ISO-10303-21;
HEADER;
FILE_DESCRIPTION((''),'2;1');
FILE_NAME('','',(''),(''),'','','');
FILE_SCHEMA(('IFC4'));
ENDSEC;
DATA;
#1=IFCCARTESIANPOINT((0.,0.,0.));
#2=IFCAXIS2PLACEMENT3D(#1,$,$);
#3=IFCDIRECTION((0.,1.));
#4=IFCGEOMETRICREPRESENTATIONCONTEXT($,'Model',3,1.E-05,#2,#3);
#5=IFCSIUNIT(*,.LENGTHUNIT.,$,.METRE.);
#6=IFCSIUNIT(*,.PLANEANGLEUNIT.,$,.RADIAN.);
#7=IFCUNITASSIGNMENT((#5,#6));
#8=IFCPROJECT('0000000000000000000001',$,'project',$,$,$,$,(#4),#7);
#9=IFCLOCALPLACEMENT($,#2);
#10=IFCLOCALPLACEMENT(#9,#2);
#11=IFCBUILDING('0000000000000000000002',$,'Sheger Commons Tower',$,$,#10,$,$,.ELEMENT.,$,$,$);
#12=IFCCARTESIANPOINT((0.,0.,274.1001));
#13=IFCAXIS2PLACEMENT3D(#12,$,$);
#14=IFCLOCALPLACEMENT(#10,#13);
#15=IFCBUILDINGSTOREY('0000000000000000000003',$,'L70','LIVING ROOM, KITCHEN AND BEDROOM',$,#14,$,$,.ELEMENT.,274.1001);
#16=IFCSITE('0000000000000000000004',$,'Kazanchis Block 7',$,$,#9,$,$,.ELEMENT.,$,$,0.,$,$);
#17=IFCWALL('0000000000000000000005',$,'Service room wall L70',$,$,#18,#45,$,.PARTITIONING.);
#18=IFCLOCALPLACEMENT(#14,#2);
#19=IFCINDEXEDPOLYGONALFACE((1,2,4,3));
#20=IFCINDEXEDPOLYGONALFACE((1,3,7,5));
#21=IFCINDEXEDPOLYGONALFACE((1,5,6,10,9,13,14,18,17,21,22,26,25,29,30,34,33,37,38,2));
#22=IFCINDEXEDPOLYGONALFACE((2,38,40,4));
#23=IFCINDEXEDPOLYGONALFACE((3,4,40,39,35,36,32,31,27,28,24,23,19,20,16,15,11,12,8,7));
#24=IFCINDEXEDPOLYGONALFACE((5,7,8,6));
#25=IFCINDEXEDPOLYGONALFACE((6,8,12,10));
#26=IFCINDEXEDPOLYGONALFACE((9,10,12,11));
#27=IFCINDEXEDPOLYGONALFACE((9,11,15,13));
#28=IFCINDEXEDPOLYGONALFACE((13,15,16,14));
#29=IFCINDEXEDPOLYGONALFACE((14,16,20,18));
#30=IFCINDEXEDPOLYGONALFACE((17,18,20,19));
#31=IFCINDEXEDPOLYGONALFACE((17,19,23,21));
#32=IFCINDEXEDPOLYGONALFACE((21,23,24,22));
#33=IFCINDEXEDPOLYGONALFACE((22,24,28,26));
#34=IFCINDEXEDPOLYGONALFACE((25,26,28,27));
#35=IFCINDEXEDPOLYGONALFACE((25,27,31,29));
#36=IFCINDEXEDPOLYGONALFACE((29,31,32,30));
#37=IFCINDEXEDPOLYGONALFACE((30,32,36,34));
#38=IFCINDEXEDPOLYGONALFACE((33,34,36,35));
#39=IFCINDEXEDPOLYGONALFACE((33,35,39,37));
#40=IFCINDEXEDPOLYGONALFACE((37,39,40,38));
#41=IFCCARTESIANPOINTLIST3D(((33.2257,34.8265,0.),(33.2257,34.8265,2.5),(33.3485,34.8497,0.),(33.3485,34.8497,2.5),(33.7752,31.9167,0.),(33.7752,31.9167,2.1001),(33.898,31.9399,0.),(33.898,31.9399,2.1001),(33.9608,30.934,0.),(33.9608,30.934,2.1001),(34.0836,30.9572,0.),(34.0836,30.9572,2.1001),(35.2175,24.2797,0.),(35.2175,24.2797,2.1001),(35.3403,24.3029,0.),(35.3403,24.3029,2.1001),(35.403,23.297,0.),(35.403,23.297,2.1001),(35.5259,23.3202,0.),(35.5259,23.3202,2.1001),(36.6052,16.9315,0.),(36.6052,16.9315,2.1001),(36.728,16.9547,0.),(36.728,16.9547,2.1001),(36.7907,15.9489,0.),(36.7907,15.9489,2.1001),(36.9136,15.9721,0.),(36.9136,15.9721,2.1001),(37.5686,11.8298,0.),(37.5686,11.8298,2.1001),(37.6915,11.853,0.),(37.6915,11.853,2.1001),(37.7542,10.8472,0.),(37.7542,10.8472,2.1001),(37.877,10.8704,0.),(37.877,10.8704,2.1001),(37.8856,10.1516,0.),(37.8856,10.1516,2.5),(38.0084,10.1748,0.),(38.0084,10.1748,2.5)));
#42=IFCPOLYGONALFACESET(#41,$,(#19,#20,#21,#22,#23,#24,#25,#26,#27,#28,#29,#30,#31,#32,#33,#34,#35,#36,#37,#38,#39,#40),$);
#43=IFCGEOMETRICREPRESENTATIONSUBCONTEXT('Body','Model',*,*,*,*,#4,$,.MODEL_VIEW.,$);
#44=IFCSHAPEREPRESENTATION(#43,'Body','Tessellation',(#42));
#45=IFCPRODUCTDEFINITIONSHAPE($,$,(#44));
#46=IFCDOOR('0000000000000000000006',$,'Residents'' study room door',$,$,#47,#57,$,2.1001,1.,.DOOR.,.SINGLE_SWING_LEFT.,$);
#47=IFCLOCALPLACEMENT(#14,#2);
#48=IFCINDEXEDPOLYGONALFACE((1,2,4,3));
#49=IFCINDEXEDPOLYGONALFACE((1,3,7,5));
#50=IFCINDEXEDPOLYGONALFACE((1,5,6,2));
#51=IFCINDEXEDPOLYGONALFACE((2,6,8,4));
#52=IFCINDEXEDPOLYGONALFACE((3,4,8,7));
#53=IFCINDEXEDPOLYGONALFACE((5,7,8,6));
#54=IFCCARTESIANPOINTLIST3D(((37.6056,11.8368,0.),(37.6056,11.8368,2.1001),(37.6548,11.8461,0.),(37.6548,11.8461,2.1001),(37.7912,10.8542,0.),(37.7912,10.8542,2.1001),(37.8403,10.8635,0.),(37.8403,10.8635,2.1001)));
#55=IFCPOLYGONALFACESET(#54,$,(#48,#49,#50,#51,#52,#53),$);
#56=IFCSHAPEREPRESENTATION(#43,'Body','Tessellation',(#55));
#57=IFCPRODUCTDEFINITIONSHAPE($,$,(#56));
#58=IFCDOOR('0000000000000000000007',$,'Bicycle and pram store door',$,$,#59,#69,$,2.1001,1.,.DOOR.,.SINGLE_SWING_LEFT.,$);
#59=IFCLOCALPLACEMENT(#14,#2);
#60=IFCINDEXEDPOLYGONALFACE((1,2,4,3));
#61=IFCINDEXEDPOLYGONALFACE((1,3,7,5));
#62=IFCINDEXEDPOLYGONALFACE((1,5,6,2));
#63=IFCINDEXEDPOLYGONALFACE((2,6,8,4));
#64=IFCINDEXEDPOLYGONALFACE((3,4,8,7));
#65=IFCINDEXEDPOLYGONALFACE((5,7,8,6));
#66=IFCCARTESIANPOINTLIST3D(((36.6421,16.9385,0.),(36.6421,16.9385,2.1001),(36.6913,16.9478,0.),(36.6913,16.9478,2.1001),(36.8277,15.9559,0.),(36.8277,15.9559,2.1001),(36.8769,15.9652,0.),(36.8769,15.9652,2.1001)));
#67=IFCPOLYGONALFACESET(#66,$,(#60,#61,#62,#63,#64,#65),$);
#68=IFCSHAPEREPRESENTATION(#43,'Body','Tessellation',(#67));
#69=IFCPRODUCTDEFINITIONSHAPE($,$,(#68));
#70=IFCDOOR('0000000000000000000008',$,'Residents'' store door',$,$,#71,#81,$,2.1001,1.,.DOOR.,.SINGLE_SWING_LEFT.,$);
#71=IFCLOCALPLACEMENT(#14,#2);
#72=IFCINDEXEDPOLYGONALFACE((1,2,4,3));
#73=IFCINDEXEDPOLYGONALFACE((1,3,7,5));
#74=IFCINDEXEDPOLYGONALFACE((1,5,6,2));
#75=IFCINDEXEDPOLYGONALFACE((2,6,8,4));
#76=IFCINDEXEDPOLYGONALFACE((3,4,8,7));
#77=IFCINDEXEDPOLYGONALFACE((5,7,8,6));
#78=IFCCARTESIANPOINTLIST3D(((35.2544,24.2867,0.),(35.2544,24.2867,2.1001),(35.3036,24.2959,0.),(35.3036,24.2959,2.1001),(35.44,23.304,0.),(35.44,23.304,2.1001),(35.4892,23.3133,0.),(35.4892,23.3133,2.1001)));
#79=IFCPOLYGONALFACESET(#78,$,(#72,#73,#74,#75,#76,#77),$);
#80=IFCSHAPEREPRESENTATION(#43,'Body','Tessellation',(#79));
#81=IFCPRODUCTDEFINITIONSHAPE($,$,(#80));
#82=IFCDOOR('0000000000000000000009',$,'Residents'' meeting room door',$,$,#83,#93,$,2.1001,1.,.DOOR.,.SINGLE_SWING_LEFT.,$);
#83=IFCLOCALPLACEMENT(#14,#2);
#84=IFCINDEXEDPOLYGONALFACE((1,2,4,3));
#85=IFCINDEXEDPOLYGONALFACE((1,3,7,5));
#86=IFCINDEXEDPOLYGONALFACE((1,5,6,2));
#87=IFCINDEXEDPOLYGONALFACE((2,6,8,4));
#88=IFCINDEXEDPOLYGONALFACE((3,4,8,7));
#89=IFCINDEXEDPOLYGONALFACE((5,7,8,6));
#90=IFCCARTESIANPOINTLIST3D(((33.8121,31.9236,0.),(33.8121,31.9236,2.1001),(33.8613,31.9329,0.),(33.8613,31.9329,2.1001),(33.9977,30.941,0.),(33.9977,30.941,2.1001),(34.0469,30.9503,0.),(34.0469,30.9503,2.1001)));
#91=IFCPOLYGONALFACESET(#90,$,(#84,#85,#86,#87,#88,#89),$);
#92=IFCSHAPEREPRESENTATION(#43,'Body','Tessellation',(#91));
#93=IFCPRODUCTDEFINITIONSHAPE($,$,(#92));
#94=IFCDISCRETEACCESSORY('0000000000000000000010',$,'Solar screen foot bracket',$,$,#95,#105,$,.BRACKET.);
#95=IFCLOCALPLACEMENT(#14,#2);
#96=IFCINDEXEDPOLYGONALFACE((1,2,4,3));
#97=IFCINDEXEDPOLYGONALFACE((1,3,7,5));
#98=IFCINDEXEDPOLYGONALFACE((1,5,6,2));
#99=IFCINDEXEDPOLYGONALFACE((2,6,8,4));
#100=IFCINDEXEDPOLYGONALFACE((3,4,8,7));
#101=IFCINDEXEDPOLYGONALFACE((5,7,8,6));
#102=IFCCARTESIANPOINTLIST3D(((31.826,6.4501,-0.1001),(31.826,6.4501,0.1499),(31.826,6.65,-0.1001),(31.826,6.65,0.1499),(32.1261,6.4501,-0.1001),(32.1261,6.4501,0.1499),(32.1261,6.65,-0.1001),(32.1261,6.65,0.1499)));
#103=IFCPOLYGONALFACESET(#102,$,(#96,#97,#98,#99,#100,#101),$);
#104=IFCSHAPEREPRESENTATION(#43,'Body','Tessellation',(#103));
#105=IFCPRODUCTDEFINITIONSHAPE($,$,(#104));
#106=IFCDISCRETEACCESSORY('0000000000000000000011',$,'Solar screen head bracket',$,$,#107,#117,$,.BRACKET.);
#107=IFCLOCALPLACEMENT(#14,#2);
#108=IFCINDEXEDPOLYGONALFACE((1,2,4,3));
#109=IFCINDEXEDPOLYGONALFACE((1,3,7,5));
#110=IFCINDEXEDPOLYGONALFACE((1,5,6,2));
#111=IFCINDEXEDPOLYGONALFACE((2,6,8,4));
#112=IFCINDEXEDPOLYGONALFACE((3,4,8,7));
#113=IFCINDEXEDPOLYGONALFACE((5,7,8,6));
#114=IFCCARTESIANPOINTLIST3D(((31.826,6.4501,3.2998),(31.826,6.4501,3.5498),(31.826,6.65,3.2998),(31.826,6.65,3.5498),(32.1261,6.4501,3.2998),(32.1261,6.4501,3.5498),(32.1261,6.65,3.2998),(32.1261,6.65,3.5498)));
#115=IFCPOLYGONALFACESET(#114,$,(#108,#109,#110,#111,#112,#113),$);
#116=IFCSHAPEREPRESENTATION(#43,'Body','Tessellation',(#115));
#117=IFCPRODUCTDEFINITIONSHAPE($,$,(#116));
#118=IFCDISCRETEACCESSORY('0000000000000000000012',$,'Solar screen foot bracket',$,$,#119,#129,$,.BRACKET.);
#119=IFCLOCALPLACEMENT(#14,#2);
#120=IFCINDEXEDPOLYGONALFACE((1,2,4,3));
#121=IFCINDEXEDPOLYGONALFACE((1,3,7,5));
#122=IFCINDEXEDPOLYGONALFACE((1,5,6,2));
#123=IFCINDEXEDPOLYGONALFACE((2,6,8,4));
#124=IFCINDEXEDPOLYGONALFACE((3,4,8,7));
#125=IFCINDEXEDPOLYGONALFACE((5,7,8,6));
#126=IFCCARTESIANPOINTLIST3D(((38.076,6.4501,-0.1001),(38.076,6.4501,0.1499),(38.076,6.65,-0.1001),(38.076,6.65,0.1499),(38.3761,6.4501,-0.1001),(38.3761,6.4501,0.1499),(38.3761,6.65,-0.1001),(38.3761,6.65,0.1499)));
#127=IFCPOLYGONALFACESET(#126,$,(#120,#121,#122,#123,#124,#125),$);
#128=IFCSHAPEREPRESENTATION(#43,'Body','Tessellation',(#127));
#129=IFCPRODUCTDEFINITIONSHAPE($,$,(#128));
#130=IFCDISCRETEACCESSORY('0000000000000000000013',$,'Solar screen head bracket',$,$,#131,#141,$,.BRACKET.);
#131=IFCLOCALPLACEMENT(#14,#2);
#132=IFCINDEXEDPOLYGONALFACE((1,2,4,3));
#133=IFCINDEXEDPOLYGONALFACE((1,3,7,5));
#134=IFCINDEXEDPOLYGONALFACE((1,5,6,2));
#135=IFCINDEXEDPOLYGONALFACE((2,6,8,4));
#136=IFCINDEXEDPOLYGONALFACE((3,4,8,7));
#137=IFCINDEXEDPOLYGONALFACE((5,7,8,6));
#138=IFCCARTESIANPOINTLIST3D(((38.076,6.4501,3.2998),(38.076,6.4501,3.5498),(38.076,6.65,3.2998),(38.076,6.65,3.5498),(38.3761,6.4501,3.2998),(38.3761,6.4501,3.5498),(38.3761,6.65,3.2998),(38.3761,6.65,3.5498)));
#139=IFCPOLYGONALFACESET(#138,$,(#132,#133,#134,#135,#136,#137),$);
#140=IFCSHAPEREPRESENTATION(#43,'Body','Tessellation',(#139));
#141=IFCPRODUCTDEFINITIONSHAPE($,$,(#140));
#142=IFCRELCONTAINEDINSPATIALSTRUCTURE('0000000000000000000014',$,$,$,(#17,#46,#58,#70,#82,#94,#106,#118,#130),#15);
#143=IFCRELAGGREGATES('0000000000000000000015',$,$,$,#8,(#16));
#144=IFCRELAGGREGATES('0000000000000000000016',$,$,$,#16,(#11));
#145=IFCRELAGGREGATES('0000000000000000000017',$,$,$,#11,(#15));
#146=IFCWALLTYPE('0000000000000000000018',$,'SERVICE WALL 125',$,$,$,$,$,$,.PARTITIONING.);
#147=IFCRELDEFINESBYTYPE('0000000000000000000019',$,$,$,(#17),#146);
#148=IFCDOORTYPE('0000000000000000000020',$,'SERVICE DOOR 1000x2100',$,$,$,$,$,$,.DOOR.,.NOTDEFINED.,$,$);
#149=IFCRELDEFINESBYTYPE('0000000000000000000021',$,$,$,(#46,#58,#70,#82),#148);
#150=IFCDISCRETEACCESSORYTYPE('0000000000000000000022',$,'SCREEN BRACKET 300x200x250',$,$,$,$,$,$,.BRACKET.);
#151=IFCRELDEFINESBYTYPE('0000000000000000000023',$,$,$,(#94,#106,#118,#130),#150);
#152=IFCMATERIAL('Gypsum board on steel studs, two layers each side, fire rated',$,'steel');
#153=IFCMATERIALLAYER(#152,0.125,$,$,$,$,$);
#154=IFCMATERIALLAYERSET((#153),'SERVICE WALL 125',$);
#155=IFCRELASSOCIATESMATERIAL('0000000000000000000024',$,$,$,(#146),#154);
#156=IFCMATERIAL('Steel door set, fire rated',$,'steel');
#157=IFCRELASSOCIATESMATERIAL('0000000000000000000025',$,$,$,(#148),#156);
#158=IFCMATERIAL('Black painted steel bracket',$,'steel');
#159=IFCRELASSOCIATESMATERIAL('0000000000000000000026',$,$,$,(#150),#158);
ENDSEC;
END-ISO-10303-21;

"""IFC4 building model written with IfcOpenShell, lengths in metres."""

from ifc_helpers import new_model, si_unit, direction, frame, frame_2d, origin, origin_2d, place, context, subcontext, project, spatial, rectangle, extrude, material, layer, layer_set, type_object, element, fill, save


model = new_model("IFC4")

# Units and contexts
model_context = context("Model", 3, precision=1e-05, world=origin(), true_north=direction((0.0, 1.0)))
body_context = subcontext(model_context, "Body", "Model", "MODEL_VIEW")
ifc_project = project(units=[si_unit("LENGTHUNIT", "METRE"), si_unit("PLANEANGLEUNIT", "RADIAN")], contexts=[model_context])

# Site, building, storey
site_placement = place(None, origin())
site = spatial("IfcSite", under=ifc_project, at=site_placement, Name="Kazanchis Block 7", CompositionType="ELEMENT", RefElevation=0.0)
building_placement = place(site_placement, origin())
building = spatial("IfcBuilding", under=site, at=building_placement, Name="Sheger Commons Tower", CompositionType="ELEMENT")
storey_placement = place(building_placement, frame((0.0, 0.0, 274.1001)))
storey = spatial("IfcBuildingStorey", under=building, at=storey_placement, Name="L70", Description="LIVING ROOM, KITCHEN AND BEDROOM", CompositionType="ELEMENT", Elevation=274.1001)

# Wall, openings, doors
ifc_material_1 = material(Name="Gypsum board on steel studs, two layers each side, fire rated", Category="steel")
ifc_layer_1 = layer(ifc_material_1, 0.125)
ifc_layer_set_1 = layer_set([ifc_layer_1], Name="SERVICE WALL 125")
wall_type = type_object("IfcWallType", Name="SERVICE WALL 125", PredefinedType="PARTITIONING", material=ifc_layer_set_1)
wall_placement = place(storey_placement, frame((37.947, 10.1631, 0.0), z_axis=(0.0, 0.0, 1.0), x_axis=(-0.185573, 0.982631, 0.0)))
wall = element("IfcWall", 1, at=wall_placement, inside=storey, type_object=wall_type, Name="Service room wall L70", PredefinedType="PARTITIONING", context=body_context, shape_type="SweptSolid", body=[
    extrude(rectangle(XDim=25.1111, YDim=0.125, at=frame_2d((12.5557, 0.0))), origin(), (0.0, 0.0, 1.0), 2.5),
])
opening_1_placement = place(wall_placement, frame((0.708, 0.0, 0.0)))
opening_1 = element("IfcOpeningElement", 2, at=opening_1_placement, cuts=wall, PredefinedType="OPENING", context=body_context, shape_type="SweptSolid", body=[
    extrude(rectangle(XDim=1.0, YDim=2.1001, at=frame_2d((0.5, 1.05))), frame((0.0, 0.0725, 0.0), z_axis=(0.0, -1.0, 0.0), x_axis=(1.0, 0.0, 0.0)), (0.0, 0.0, 1.0), 0.145),
])
opening_2_placement = place(wall_placement, frame((5.8999, 0.0, 0.0)))
opening_2 = element("IfcOpeningElement", 3, at=opening_2_placement, cuts=wall, PredefinedType="OPENING", context=body_context, shape_type="SweptSolid", body=[
    extrude(rectangle(XDim=1.0, YDim=2.1001, at=frame_2d((0.5, 1.05))), frame((0.0, 0.0725, 0.0), z_axis=(0.0, -1.0, 0.0), x_axis=(1.0, 0.0, 0.0)), (0.0, 0.0, 1.0), 0.145),
])
opening_3_placement = place(wall_placement, frame((13.3779, 0.0, 0.0)))
opening_3 = element("IfcOpeningElement", 4, at=opening_3_placement, cuts=wall, PredefinedType="OPENING", context=body_context, shape_type="SweptSolid", body=[
    extrude(rectangle(XDim=1.0, YDim=2.1001, at=frame_2d((0.5, 1.05))), frame((0.0, 0.0725, 0.0), z_axis=(0.0, -1.0, 0.0), x_axis=(1.0, 0.0, 0.0)), (0.0, 0.0, 1.0), 0.145),
])
opening_4_placement = place(wall_placement, frame((21.1499, 0.0, 0.0)))
opening_4 = element("IfcOpeningElement", 5, at=opening_4_placement, cuts=wall, PredefinedType="OPENING", context=body_context, shape_type="SweptSolid", body=[
    extrude(rectangle(XDim=1.0, YDim=2.1001, at=frame_2d((0.5, 1.05))), frame((0.0, 0.0725, 0.0), z_axis=(0.0, -1.0, 0.0), x_axis=(1.0, 0.0, 0.0)), (0.0, 0.0, 1.0), 0.145),
])
ifc_material_2 = material(Name="Steel door set, fire rated", Category="steel")
door_type = type_object("IfcDoorType", Name="SERVICE DOOR 1000x2100", OperationType="NOTDEFINED", PredefinedType="DOOR", material=ifc_material_2)
door_1_placement = place(opening_1_placement, origin())
door_1 = element("IfcDoor", 6, at=door_1_placement, inside=storey, type_object=door_type, Name="Residents' study room door", OperationType="SINGLE_SWING_LEFT", OverallHeight=2.1001, OverallWidth=1.0, PredefinedType="DOOR", context=body_context, shape_type="SweptSolid", body=[
    extrude(rectangle(XDim=1.0, YDim=2.1001, at=frame_2d((0.5, 1.05))), frame((0.0, 0.0249, 0.0), z_axis=(0.0, -1.0, 0.0), x_axis=(1.0, 0.0, 0.0)), (0.0, 0.0, 1.0), 0.05),
])
fill(opening_1, door_1)
door_2_placement = place(opening_2_placement, origin())
door_2 = element("IfcDoor", 7, at=door_2_placement, inside=storey, type_object=door_type, Name="Bicycle and pram store door", OperationType="SINGLE_SWING_LEFT", OverallHeight=2.1001, OverallWidth=1.0, PredefinedType="DOOR", context=body_context, shape_type="SweptSolid", body=[
    extrude(rectangle(XDim=1.0, YDim=2.1001, at=frame_2d((0.5, 1.05))), frame((0.0, 0.0249, 0.0), z_axis=(0.0, -1.0, 0.0), x_axis=(1.0, 0.0, 0.0)), (0.0, 0.0, 1.0), 0.05),
])
fill(opening_2, door_2)
door_3_placement = place(opening_3_placement, origin())
door_3 = element("IfcDoor", 8, at=door_3_placement, inside=storey, type_object=door_type, Name="Residents' store door", OperationType="SINGLE_SWING_LEFT", OverallHeight=2.1001, OverallWidth=1.0, PredefinedType="DOOR", context=body_context, shape_type="SweptSolid", body=[
    extrude(rectangle(XDim=1.0, YDim=2.1001, at=frame_2d((0.5, 1.05))), frame((0.0, 0.0249, 0.0), z_axis=(0.0, -1.0, 0.0), x_axis=(1.0, 0.0, 0.0)), (0.0, 0.0, 1.0), 0.05),
])
fill(opening_3, door_3)
door_4_placement = place(opening_4_placement, origin())
door_4 = element("IfcDoor", 9, at=door_4_placement, inside=storey, type_object=door_type, Name="Residents' meeting room door", OperationType="SINGLE_SWING_LEFT", OverallHeight=2.1001, OverallWidth=1.0, PredefinedType="DOOR", context=body_context, shape_type="SweptSolid", body=[
    extrude(rectangle(XDim=1.0, YDim=2.1001, at=frame_2d((0.5, 1.05))), frame((0.0, 0.0249, 0.0), z_axis=(0.0, -1.0, 0.0), x_axis=(1.0, 0.0, 0.0)), (0.0, 0.0, 1.0), 0.05),
])
fill(opening_4, door_4)

# Discrete accessories
ifc_material_3 = material(Name="Black painted steel bracket", Category="steel")
discrete_accessory_type = type_object("IfcDiscreteAccessoryType", Name="SCREEN BRACKET 300x200x250", PredefinedType="BRACKET", material=ifc_material_3)
for number, where, z_axis, x_axis, name in (
    (10, (31.9761, 6.55, -0.1001), (0.0, 0.0, 1.0), (1.0, 0.0, 0.0), "Solar screen foot bracket"),
    (11, (31.9761, 6.55, 3.2998), (0.0, 0.0, 1.0), (1.0, 0.0, 0.0), "Solar screen head bracket"),
    (12, (38.2261, 6.55, -0.1001), (0.0, 0.0, 1.0), (1.0, 0.0, 0.0), "Solar screen foot bracket"),
    (13, (38.2261, 6.55, 3.2998), (0.0, 0.0, 1.0), (1.0, 0.0, 0.0), "Solar screen head bracket"),
):
    element("IfcDiscreteAccessory", number, at=place(storey_placement, frame(where, z_axis=z_axis, x_axis=x_axis)), inside=storey, type_object=discrete_accessory_type, Name=name, PredefinedType="BRACKET", context=body_context, shape_type="SweptSolid", body=[
        extrude(rectangle(XDim=0.3, YDim=0.2, at=origin_2d()), origin(), (0.0, 0.0, 1.0), 0.25),
    ])

save(model, "model.ifc")
